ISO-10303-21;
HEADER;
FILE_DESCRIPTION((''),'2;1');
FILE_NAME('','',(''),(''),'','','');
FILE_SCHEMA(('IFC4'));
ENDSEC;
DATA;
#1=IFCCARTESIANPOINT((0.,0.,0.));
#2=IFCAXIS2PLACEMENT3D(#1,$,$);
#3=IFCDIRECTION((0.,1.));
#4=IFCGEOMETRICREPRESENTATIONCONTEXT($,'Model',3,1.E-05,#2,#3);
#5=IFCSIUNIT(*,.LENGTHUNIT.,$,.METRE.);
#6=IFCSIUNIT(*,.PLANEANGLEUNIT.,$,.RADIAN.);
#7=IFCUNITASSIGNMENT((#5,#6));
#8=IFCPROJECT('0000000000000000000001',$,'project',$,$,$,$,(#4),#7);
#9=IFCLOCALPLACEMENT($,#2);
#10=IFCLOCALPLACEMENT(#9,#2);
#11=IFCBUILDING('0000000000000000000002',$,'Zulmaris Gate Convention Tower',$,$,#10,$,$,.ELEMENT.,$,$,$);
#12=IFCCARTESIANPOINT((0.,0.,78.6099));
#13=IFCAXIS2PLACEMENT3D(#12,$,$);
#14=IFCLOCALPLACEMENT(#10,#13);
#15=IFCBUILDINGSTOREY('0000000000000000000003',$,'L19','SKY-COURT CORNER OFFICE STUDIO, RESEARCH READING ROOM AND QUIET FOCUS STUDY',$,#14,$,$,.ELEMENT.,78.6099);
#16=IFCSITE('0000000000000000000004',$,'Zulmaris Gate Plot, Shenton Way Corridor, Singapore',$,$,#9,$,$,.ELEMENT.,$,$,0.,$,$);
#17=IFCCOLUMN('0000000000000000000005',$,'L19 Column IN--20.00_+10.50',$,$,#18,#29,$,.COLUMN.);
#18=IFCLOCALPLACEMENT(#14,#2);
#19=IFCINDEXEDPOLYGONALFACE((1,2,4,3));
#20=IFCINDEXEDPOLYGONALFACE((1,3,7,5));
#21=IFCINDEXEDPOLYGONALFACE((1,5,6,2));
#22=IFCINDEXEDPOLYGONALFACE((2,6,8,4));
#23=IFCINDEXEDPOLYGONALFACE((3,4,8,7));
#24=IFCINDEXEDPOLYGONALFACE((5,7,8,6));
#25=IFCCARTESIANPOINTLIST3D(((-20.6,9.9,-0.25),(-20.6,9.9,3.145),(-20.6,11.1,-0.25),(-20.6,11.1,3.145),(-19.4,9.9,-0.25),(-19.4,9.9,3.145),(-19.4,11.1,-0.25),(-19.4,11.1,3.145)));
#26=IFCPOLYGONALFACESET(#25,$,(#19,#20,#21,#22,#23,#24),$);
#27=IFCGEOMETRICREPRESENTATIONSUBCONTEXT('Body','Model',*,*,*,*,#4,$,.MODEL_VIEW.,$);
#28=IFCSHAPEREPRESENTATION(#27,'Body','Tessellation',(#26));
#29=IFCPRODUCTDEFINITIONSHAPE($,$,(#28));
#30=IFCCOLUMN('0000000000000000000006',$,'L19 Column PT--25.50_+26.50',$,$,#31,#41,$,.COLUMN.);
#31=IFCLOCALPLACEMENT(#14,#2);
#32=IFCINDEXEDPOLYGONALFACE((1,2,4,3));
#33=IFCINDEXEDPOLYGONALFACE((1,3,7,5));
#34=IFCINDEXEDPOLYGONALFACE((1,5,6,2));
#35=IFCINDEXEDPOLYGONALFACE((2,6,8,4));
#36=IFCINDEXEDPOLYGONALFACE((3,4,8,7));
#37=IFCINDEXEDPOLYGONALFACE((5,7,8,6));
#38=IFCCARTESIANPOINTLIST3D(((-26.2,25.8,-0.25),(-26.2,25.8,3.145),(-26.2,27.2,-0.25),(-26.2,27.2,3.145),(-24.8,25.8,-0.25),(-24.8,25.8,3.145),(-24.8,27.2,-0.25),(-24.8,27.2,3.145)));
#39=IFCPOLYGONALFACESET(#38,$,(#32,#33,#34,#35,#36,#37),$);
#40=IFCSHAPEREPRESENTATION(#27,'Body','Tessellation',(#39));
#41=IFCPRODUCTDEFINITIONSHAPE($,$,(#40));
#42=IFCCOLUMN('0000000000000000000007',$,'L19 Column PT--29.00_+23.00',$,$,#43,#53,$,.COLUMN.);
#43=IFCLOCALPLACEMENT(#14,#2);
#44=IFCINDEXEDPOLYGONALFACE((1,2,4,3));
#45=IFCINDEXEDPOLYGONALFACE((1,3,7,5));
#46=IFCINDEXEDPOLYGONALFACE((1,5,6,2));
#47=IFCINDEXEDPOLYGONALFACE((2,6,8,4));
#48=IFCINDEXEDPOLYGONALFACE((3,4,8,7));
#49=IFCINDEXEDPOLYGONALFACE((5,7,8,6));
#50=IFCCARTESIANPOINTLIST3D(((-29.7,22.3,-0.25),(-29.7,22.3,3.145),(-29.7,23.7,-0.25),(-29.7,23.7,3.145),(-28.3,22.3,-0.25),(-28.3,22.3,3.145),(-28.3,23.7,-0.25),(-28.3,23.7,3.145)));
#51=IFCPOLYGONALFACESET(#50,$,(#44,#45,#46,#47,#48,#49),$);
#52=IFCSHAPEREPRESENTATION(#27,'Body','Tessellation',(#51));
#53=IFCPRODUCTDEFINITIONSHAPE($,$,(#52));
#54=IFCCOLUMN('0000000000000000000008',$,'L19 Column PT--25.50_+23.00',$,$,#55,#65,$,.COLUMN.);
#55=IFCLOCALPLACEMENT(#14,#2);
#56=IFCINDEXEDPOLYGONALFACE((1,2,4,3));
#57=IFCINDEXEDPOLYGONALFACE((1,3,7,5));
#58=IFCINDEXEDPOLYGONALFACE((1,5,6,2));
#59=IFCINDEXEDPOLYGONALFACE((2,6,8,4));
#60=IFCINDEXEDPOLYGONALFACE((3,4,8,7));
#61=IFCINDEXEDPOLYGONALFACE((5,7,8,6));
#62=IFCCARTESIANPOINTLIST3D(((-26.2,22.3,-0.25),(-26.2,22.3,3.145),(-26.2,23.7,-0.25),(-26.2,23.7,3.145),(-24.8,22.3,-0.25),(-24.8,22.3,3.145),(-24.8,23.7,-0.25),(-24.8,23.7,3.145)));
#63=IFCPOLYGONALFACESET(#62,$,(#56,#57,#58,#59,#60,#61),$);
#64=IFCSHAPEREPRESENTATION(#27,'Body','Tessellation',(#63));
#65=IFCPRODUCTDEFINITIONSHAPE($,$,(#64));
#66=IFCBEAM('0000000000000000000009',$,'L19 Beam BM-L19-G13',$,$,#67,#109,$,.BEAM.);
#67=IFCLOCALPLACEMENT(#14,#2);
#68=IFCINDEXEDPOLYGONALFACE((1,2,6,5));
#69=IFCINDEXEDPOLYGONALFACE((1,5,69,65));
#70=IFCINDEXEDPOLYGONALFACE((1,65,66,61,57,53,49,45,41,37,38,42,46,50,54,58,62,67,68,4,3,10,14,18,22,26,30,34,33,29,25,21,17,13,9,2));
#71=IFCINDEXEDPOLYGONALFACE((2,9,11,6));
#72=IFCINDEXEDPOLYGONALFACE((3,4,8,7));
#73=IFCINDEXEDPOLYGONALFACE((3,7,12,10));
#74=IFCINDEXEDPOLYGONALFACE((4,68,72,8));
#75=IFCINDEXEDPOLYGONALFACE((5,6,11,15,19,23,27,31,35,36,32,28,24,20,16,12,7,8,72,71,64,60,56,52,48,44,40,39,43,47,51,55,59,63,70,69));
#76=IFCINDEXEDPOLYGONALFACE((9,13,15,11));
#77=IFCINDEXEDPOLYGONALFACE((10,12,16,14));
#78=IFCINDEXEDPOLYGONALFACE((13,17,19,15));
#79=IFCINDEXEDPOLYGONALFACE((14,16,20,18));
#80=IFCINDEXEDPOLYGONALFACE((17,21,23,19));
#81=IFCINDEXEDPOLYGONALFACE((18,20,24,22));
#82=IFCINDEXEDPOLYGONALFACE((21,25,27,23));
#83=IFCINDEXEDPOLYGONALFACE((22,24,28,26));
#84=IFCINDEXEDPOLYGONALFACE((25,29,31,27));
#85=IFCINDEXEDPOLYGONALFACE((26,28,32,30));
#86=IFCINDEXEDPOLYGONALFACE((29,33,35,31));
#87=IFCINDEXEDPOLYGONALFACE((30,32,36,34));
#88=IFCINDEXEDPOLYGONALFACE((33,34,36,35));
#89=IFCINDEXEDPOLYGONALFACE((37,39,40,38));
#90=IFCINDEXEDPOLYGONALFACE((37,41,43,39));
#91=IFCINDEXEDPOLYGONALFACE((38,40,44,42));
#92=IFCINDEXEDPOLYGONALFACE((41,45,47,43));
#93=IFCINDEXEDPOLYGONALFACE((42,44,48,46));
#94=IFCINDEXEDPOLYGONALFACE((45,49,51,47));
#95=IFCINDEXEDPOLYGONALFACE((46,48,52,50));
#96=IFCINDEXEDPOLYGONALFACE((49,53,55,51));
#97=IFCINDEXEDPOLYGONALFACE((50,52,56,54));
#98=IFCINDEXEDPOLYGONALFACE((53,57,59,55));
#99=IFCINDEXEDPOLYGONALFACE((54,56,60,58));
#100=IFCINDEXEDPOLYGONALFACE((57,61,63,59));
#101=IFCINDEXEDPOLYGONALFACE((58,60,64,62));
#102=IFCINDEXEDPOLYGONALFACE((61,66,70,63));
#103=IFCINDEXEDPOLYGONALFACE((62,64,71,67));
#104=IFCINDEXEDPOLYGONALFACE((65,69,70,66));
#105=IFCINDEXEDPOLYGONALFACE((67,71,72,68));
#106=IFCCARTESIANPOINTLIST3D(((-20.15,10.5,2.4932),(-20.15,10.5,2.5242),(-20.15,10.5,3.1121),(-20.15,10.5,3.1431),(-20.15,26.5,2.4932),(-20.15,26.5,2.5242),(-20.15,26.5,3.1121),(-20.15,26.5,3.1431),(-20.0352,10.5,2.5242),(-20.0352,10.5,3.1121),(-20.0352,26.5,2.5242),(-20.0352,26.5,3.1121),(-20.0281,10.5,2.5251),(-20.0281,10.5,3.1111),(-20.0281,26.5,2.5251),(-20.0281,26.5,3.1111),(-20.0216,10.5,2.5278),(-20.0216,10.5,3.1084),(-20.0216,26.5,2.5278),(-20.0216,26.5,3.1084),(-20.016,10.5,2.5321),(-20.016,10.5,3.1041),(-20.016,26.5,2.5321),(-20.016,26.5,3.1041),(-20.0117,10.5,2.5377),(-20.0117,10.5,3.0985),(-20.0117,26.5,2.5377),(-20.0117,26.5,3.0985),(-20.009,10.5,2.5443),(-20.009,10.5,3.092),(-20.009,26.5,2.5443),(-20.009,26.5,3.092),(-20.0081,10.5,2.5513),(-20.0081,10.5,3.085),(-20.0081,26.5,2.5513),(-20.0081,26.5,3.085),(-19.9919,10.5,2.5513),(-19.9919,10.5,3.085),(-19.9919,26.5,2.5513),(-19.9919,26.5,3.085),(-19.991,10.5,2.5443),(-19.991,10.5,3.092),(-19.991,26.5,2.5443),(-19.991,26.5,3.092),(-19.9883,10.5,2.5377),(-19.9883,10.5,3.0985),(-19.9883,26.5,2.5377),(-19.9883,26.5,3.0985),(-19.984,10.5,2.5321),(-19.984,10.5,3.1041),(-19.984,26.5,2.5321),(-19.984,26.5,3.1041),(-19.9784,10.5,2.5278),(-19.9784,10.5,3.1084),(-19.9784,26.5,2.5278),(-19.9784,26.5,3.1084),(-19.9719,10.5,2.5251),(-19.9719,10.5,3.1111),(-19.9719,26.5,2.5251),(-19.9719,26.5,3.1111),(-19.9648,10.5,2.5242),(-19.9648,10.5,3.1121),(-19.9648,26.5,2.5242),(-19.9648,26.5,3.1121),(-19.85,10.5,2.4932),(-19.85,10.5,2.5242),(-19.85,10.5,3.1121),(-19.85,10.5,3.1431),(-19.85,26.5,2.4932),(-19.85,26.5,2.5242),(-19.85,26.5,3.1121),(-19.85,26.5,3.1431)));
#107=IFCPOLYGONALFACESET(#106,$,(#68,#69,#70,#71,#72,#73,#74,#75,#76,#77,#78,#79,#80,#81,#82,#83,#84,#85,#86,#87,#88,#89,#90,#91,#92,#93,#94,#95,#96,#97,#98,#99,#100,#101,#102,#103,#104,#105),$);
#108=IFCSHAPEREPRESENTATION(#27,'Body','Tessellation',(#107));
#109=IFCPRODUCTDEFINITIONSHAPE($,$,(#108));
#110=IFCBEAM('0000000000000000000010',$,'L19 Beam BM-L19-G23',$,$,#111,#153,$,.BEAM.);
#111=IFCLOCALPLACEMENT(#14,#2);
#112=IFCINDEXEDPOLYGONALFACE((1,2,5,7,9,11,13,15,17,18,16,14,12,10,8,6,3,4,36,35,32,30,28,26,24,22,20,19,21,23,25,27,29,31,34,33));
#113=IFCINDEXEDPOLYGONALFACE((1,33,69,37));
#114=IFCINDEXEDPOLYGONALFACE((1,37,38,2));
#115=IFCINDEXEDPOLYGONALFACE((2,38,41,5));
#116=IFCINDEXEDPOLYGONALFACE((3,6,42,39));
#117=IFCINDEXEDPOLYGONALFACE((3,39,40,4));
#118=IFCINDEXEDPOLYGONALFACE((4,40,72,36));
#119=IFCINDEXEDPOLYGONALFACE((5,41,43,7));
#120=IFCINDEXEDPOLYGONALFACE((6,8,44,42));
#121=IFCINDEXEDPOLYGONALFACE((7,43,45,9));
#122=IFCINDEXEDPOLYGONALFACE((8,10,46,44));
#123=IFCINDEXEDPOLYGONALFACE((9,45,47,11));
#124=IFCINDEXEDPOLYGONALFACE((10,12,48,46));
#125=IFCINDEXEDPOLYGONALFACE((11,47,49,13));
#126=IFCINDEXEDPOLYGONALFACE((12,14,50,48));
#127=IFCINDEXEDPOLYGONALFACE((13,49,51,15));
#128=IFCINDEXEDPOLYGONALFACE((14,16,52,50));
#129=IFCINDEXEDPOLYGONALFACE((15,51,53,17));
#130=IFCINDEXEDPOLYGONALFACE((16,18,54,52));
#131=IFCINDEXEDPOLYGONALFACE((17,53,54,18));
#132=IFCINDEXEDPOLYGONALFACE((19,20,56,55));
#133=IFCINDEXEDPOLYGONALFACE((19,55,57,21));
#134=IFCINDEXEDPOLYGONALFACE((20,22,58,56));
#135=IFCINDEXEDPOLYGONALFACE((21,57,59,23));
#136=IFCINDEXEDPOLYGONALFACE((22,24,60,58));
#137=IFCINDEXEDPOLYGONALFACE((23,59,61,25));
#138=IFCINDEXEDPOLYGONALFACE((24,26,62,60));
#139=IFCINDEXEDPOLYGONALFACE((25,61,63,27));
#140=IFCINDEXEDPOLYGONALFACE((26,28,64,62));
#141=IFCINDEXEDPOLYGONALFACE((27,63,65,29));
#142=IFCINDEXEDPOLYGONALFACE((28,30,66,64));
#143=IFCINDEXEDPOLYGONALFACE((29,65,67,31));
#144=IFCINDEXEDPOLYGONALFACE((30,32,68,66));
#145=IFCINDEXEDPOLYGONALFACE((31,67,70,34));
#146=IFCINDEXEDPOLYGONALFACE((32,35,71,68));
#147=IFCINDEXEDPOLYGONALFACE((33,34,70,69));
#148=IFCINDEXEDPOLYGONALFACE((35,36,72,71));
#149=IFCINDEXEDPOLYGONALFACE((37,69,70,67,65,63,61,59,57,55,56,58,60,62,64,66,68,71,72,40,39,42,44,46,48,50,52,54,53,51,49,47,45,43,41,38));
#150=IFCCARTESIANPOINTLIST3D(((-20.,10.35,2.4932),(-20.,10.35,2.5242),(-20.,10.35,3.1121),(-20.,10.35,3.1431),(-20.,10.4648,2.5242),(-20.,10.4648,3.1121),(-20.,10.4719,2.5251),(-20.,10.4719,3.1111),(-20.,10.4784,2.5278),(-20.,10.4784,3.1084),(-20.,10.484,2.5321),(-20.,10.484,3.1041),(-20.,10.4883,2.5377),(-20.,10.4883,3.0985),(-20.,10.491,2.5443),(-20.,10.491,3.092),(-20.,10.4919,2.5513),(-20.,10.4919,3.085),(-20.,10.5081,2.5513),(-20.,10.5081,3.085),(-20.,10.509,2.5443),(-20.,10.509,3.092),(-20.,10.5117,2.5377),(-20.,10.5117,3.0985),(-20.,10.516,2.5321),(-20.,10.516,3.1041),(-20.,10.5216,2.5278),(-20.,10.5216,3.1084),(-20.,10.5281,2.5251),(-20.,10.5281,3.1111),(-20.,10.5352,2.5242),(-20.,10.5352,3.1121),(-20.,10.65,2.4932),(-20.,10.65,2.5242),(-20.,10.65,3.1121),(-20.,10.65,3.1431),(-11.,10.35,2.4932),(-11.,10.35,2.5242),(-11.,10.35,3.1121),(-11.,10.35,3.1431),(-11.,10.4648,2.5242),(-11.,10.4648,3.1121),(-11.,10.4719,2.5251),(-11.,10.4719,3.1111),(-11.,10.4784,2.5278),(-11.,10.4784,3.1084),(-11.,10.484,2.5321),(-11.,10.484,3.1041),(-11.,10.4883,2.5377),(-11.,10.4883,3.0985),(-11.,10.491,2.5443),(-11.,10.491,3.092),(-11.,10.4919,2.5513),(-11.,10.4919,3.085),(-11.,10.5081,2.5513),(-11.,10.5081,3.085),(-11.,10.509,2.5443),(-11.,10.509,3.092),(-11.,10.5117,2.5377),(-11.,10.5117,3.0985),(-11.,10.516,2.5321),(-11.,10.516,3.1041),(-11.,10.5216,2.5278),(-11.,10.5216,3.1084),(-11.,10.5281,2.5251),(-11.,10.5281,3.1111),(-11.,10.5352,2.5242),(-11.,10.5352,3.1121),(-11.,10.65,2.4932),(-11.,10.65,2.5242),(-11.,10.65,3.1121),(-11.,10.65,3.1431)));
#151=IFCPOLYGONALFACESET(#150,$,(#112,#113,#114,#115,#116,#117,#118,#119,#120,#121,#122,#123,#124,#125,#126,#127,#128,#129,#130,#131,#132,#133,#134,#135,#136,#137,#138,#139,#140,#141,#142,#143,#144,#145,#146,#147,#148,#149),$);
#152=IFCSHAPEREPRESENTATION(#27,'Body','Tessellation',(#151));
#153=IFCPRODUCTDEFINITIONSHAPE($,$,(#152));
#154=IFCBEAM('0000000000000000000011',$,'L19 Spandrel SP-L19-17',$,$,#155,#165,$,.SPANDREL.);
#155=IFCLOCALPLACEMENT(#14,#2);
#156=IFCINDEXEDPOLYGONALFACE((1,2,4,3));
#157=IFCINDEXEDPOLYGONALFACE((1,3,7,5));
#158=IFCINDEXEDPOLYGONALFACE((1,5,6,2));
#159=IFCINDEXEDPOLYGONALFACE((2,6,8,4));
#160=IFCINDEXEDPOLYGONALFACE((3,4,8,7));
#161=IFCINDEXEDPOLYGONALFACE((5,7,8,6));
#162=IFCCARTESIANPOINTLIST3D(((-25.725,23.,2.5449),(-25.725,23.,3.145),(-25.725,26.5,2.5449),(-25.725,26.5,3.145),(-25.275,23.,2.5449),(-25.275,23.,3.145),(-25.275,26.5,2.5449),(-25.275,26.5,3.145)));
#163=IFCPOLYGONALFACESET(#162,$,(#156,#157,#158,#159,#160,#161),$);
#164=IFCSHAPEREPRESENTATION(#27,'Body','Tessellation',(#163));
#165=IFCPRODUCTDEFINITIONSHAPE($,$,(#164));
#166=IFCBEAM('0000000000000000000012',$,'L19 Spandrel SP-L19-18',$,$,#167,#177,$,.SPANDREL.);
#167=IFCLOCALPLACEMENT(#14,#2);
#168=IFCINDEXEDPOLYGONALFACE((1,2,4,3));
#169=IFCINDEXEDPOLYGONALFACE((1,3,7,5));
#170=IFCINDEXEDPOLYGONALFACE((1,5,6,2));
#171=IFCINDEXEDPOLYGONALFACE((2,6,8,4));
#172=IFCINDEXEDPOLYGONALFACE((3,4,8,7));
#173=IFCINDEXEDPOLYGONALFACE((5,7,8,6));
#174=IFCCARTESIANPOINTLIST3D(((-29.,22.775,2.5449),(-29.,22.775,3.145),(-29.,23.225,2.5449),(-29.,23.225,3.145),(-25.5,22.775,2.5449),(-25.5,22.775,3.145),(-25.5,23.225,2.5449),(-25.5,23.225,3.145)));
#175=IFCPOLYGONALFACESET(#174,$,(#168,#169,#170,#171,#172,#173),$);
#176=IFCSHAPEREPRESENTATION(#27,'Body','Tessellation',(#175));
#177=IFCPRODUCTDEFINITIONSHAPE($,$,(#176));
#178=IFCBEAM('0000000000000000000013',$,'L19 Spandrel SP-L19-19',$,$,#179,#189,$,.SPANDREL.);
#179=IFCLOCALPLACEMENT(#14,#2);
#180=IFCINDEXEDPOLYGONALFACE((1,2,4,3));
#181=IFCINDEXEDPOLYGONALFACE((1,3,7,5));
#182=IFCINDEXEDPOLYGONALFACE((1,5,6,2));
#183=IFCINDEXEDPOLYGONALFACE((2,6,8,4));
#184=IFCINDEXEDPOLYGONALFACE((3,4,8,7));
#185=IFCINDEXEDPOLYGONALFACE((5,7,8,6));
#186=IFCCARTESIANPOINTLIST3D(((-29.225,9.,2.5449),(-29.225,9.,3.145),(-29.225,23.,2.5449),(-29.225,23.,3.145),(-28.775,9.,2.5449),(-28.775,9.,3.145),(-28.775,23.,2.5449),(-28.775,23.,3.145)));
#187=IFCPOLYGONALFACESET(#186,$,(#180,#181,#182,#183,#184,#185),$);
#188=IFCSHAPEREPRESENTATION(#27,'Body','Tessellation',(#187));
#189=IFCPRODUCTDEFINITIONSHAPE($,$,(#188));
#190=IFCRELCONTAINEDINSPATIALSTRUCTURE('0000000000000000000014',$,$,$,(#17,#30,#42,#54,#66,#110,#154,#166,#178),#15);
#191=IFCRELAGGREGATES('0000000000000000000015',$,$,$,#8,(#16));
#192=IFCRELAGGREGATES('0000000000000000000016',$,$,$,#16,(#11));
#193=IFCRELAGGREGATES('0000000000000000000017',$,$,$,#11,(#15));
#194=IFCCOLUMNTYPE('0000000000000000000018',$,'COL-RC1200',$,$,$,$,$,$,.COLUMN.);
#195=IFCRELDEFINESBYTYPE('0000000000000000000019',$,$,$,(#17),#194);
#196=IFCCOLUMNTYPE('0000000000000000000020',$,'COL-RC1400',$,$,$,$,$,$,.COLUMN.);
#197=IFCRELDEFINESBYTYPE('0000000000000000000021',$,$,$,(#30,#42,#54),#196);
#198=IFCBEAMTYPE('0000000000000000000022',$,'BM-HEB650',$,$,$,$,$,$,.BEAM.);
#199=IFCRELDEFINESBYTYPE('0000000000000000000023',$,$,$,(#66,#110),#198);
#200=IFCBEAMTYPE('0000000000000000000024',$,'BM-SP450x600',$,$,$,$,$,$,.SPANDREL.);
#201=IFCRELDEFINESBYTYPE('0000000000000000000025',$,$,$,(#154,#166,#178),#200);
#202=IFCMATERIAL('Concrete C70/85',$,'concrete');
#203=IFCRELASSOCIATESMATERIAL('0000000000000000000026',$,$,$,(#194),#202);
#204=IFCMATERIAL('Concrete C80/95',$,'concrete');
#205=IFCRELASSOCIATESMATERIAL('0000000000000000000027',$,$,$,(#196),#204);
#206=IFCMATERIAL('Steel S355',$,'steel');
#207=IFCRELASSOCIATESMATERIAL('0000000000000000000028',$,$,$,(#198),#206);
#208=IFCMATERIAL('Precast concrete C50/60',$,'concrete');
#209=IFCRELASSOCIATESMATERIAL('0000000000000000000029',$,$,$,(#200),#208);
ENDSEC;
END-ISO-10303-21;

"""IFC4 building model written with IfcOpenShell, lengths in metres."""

from ifc_helpers import new_model, si_unit, direction, frame, origin, origin_2d, place, context, subcontext, project, spatial, rectangle, i_section, extrude, material, material_profile, profile_set, type_object, element, save


model = new_model("IFC4")

# Units and contexts
model_context = context("Model", 3, precision=1e-05, world=origin(), true_north=direction((0.0, 1.0)))
body_context = subcontext(model_context, "Body", "Model", "MODEL_VIEW")
ifc_project = project(units=[si_unit("LENGTHUNIT", "METRE"), si_unit("PLANEANGLEUNIT", "RADIAN")], contexts=[model_context])

# Site, building, storey
site_placement = place(None, origin())
site = spatial("IfcSite", under=ifc_project, at=site_placement, Name="Zulmaris Gate Plot, Shenton Way Corridor, Singapore", CompositionType="ELEMENT", RefElevation=0.0)
building_placement = place(site_placement, origin())
building = spatial("IfcBuilding", under=site, at=building_placement, Name="Zulmaris Gate Convention Tower", CompositionType="ELEMENT")
storey_placement = place(building_placement, frame((0.0, 0.0, 78.6099)))
storey = spatial("IfcBuildingStorey", under=building, at=storey_placement, Name="L19", Description="SKY-COURT CORNER OFFICE STUDIO, RESEARCH READING ROOM AND QUIET FOCUS STUDY", CompositionType="ELEMENT", Elevation=78.6099)

# Columns
ifc_material_1 = material(Name="Concrete C70/85", Category="concrete")
ifc_material_profile_1 = material_profile(ifc_material_1, rectangle(XDim=1.2, YDim=1.2, at=origin_2d()), Name="RC COL 1200x1200")
ifc_profile_set_1 = profile_set([ifc_material_profile_1], Name="Concrete C70/85")
column_type_1 = type_object("IfcColumnType", Name="COL-RC1200", PredefinedType="COLUMN", material=ifc_profile_set_1)
column_placement = place(storey_placement, frame((-20.0, 10.5, -0.25), z_axis=(0.0, 0.0, 1.0), x_axis=(1.0, 0.0, 0.0)))
element("IfcColumn", 1, at=column_placement, inside=storey, type_object=column_type_1, Name="L19 Column IN--20.00_+10.50", PredefinedType="COLUMN", context=body_context, shape_type="SweptSolid", body=[
    extrude(rectangle(XDim=1.2, YDim=1.2, at=origin_2d()), origin(), (0.0, 0.0, 1.0), 3.395),
])
ifc_material_2 = material(Name="Concrete C80/95", Category="concrete")
ifc_material_profile_2 = material_profile(ifc_material_2, rectangle(XDim=1.3999, YDim=1.3999, at=origin_2d()), Name="RC COL 1400x1400")
ifc_profile_set_2 = profile_set([ifc_material_profile_2], Name="Concrete C80/95")
column_type_2 = type_object("IfcColumnType", Name="COL-RC1400", PredefinedType="COLUMN", material=ifc_profile_set_2)
for number, where, z_axis, x_axis, name in (
    (2, (-25.5, 26.5, -0.25), (0.0, 0.0, 1.0), (1.0, 0.0, 0.0), "L19 Column PT--25.50_+26.50"),
    (3, (-29.0, 23.0, -0.25), (0.0, 0.0, 1.0), (1.0, 0.0, 0.0), "L19 Column PT--29.00_+23.00"),
    (4, (-25.5, 23.0, -0.25), (0.0, 0.0, 1.0), (1.0, 0.0, 0.0), "L19 Column PT--25.50_+23.00"),
):
    element("IfcColumn", number, at=place(storey_placement, frame(where, z_axis=z_axis, x_axis=x_axis)), inside=storey, type_object=column_type_2, Name=name, PredefinedType="COLUMN", context=body_context, shape_type="SweptSolid", body=[
        extrude(rectangle(XDim=1.3999, YDim=1.3999, at=origin_2d()), origin(), (0.0, 0.0, 1.0), 3.395),
    ])

# Beams
ifc_material_3 = material(Name="Steel S355", Category="steel")
ifc_material_profile_3 = material_profile(ifc_material_3, i_section(OverallWidth=0.3, OverallDepth=0.6499, WebThickness=0.0161, FlangeThickness=0.031, FilletRadius=0.0271, at=origin_2d()), Name="HEB 650")
ifc_profile_set_3 = profile_set([ifc_material_profile_3], Name="Steel S355")
beam_type_1 = type_object("IfcBeamType", Name="BM-HEB650", PredefinedType="BEAM", material=ifc_profile_set_3)
beam_1_placement = place(storey_placement, frame((-20.0, 10.5, 2.8181), z_axis=(0.0, 1.0, 0.0), x_axis=(-1.0, 0.0, 0.0)))
element("IfcBeam", 5, at=beam_1_placement, inside=storey, type_object=beam_type_1, Name="L19 Beam BM-L19-G13", PredefinedType="BEAM", context=body_context, shape_type="SweptSolid", body=[
    extrude(i_section(OverallWidth=0.3, OverallDepth=0.6499, WebThickness=0.0161, FlangeThickness=0.031, FilletRadius=0.0271, at=origin_2d()), origin(), (0.0, 0.0, 1.0), 16.0),
])
beam_2_placement = place(storey_placement, frame((-20.0, 10.5, 2.8181), z_axis=(1.0, 0.0, 0.0), x_axis=(0.0, 1.0, 0.0)))
element("IfcBeam", 6, at=beam_2_placement, inside=storey, type_object=beam_type_1, Name="L19 Beam BM-L19-G23", PredefinedType="BEAM", context=body_context, shape_type="SweptSolid", body=[
    extrude(i_section(OverallWidth=0.3, OverallDepth=0.6499, WebThickness=0.0161, FlangeThickness=0.031, FilletRadius=0.0271, at=origin_2d()), origin(), (0.0, 0.0, 1.0), 9.0),
])
ifc_material_4 = material(Name="Precast concrete C50/60", Category="concrete")
ifc_material_profile_4 = material_profile(ifc_material_4, rectangle(XDim=0.45, YDim=0.6001, at=origin_2d()), Name="RC SPANDREL 450x600")
ifc_profile_set_4 = profile_set([ifc_material_profile_4], Name="Precast concrete C50/60")
beam_type_2 = type_object("IfcBeamType", Name="BM-SP450x600", PredefinedType="SPANDREL", material=ifc_profile_set_4)
for number, where, z_axis, x_axis, name in (
    (7, (-25.5, 26.5, 2.845), (0.0, -1.0, 0.0), (1.0, 0.0, 0.0), "L19 Spandrel SP-L19-17"),
    (8, (-25.5, 23.0, 2.845), (-1.0, 0.0, 0.0), (0.0, -1.0, 0.0), "L19 Spandrel SP-L19-18"),
):
    element("IfcBeam", number, at=place(storey_placement, frame(where, z_axis=z_axis, x_axis=x_axis)), inside=storey, type_object=beam_type_2, Name=name, PredefinedType="SPANDREL", context=body_context, shape_type="SweptSolid", body=[
        extrude(rectangle(XDim=0.45, YDim=0.6001, at=origin_2d()), origin(), (0.0, 0.0, 1.0), 3.5),
    ])
beam_3_placement = place(storey_placement, frame((-29.0, 23.0, 2.845), z_axis=(0.0, -1.0, 0.0), x_axis=(1.0, 0.0, 0.0)))
element("IfcBeam", 9, at=beam_3_placement, inside=storey, type_object=beam_type_2, Name="L19 Spandrel SP-L19-19", PredefinedType="SPANDREL", context=body_context, shape_type="SweptSolid", body=[
    extrude(rectangle(XDim=0.45, YDim=0.6001, at=origin_2d()), origin(), (0.0, 0.0, 1.0), 14.0),
])

save(model, "model.ifc")
